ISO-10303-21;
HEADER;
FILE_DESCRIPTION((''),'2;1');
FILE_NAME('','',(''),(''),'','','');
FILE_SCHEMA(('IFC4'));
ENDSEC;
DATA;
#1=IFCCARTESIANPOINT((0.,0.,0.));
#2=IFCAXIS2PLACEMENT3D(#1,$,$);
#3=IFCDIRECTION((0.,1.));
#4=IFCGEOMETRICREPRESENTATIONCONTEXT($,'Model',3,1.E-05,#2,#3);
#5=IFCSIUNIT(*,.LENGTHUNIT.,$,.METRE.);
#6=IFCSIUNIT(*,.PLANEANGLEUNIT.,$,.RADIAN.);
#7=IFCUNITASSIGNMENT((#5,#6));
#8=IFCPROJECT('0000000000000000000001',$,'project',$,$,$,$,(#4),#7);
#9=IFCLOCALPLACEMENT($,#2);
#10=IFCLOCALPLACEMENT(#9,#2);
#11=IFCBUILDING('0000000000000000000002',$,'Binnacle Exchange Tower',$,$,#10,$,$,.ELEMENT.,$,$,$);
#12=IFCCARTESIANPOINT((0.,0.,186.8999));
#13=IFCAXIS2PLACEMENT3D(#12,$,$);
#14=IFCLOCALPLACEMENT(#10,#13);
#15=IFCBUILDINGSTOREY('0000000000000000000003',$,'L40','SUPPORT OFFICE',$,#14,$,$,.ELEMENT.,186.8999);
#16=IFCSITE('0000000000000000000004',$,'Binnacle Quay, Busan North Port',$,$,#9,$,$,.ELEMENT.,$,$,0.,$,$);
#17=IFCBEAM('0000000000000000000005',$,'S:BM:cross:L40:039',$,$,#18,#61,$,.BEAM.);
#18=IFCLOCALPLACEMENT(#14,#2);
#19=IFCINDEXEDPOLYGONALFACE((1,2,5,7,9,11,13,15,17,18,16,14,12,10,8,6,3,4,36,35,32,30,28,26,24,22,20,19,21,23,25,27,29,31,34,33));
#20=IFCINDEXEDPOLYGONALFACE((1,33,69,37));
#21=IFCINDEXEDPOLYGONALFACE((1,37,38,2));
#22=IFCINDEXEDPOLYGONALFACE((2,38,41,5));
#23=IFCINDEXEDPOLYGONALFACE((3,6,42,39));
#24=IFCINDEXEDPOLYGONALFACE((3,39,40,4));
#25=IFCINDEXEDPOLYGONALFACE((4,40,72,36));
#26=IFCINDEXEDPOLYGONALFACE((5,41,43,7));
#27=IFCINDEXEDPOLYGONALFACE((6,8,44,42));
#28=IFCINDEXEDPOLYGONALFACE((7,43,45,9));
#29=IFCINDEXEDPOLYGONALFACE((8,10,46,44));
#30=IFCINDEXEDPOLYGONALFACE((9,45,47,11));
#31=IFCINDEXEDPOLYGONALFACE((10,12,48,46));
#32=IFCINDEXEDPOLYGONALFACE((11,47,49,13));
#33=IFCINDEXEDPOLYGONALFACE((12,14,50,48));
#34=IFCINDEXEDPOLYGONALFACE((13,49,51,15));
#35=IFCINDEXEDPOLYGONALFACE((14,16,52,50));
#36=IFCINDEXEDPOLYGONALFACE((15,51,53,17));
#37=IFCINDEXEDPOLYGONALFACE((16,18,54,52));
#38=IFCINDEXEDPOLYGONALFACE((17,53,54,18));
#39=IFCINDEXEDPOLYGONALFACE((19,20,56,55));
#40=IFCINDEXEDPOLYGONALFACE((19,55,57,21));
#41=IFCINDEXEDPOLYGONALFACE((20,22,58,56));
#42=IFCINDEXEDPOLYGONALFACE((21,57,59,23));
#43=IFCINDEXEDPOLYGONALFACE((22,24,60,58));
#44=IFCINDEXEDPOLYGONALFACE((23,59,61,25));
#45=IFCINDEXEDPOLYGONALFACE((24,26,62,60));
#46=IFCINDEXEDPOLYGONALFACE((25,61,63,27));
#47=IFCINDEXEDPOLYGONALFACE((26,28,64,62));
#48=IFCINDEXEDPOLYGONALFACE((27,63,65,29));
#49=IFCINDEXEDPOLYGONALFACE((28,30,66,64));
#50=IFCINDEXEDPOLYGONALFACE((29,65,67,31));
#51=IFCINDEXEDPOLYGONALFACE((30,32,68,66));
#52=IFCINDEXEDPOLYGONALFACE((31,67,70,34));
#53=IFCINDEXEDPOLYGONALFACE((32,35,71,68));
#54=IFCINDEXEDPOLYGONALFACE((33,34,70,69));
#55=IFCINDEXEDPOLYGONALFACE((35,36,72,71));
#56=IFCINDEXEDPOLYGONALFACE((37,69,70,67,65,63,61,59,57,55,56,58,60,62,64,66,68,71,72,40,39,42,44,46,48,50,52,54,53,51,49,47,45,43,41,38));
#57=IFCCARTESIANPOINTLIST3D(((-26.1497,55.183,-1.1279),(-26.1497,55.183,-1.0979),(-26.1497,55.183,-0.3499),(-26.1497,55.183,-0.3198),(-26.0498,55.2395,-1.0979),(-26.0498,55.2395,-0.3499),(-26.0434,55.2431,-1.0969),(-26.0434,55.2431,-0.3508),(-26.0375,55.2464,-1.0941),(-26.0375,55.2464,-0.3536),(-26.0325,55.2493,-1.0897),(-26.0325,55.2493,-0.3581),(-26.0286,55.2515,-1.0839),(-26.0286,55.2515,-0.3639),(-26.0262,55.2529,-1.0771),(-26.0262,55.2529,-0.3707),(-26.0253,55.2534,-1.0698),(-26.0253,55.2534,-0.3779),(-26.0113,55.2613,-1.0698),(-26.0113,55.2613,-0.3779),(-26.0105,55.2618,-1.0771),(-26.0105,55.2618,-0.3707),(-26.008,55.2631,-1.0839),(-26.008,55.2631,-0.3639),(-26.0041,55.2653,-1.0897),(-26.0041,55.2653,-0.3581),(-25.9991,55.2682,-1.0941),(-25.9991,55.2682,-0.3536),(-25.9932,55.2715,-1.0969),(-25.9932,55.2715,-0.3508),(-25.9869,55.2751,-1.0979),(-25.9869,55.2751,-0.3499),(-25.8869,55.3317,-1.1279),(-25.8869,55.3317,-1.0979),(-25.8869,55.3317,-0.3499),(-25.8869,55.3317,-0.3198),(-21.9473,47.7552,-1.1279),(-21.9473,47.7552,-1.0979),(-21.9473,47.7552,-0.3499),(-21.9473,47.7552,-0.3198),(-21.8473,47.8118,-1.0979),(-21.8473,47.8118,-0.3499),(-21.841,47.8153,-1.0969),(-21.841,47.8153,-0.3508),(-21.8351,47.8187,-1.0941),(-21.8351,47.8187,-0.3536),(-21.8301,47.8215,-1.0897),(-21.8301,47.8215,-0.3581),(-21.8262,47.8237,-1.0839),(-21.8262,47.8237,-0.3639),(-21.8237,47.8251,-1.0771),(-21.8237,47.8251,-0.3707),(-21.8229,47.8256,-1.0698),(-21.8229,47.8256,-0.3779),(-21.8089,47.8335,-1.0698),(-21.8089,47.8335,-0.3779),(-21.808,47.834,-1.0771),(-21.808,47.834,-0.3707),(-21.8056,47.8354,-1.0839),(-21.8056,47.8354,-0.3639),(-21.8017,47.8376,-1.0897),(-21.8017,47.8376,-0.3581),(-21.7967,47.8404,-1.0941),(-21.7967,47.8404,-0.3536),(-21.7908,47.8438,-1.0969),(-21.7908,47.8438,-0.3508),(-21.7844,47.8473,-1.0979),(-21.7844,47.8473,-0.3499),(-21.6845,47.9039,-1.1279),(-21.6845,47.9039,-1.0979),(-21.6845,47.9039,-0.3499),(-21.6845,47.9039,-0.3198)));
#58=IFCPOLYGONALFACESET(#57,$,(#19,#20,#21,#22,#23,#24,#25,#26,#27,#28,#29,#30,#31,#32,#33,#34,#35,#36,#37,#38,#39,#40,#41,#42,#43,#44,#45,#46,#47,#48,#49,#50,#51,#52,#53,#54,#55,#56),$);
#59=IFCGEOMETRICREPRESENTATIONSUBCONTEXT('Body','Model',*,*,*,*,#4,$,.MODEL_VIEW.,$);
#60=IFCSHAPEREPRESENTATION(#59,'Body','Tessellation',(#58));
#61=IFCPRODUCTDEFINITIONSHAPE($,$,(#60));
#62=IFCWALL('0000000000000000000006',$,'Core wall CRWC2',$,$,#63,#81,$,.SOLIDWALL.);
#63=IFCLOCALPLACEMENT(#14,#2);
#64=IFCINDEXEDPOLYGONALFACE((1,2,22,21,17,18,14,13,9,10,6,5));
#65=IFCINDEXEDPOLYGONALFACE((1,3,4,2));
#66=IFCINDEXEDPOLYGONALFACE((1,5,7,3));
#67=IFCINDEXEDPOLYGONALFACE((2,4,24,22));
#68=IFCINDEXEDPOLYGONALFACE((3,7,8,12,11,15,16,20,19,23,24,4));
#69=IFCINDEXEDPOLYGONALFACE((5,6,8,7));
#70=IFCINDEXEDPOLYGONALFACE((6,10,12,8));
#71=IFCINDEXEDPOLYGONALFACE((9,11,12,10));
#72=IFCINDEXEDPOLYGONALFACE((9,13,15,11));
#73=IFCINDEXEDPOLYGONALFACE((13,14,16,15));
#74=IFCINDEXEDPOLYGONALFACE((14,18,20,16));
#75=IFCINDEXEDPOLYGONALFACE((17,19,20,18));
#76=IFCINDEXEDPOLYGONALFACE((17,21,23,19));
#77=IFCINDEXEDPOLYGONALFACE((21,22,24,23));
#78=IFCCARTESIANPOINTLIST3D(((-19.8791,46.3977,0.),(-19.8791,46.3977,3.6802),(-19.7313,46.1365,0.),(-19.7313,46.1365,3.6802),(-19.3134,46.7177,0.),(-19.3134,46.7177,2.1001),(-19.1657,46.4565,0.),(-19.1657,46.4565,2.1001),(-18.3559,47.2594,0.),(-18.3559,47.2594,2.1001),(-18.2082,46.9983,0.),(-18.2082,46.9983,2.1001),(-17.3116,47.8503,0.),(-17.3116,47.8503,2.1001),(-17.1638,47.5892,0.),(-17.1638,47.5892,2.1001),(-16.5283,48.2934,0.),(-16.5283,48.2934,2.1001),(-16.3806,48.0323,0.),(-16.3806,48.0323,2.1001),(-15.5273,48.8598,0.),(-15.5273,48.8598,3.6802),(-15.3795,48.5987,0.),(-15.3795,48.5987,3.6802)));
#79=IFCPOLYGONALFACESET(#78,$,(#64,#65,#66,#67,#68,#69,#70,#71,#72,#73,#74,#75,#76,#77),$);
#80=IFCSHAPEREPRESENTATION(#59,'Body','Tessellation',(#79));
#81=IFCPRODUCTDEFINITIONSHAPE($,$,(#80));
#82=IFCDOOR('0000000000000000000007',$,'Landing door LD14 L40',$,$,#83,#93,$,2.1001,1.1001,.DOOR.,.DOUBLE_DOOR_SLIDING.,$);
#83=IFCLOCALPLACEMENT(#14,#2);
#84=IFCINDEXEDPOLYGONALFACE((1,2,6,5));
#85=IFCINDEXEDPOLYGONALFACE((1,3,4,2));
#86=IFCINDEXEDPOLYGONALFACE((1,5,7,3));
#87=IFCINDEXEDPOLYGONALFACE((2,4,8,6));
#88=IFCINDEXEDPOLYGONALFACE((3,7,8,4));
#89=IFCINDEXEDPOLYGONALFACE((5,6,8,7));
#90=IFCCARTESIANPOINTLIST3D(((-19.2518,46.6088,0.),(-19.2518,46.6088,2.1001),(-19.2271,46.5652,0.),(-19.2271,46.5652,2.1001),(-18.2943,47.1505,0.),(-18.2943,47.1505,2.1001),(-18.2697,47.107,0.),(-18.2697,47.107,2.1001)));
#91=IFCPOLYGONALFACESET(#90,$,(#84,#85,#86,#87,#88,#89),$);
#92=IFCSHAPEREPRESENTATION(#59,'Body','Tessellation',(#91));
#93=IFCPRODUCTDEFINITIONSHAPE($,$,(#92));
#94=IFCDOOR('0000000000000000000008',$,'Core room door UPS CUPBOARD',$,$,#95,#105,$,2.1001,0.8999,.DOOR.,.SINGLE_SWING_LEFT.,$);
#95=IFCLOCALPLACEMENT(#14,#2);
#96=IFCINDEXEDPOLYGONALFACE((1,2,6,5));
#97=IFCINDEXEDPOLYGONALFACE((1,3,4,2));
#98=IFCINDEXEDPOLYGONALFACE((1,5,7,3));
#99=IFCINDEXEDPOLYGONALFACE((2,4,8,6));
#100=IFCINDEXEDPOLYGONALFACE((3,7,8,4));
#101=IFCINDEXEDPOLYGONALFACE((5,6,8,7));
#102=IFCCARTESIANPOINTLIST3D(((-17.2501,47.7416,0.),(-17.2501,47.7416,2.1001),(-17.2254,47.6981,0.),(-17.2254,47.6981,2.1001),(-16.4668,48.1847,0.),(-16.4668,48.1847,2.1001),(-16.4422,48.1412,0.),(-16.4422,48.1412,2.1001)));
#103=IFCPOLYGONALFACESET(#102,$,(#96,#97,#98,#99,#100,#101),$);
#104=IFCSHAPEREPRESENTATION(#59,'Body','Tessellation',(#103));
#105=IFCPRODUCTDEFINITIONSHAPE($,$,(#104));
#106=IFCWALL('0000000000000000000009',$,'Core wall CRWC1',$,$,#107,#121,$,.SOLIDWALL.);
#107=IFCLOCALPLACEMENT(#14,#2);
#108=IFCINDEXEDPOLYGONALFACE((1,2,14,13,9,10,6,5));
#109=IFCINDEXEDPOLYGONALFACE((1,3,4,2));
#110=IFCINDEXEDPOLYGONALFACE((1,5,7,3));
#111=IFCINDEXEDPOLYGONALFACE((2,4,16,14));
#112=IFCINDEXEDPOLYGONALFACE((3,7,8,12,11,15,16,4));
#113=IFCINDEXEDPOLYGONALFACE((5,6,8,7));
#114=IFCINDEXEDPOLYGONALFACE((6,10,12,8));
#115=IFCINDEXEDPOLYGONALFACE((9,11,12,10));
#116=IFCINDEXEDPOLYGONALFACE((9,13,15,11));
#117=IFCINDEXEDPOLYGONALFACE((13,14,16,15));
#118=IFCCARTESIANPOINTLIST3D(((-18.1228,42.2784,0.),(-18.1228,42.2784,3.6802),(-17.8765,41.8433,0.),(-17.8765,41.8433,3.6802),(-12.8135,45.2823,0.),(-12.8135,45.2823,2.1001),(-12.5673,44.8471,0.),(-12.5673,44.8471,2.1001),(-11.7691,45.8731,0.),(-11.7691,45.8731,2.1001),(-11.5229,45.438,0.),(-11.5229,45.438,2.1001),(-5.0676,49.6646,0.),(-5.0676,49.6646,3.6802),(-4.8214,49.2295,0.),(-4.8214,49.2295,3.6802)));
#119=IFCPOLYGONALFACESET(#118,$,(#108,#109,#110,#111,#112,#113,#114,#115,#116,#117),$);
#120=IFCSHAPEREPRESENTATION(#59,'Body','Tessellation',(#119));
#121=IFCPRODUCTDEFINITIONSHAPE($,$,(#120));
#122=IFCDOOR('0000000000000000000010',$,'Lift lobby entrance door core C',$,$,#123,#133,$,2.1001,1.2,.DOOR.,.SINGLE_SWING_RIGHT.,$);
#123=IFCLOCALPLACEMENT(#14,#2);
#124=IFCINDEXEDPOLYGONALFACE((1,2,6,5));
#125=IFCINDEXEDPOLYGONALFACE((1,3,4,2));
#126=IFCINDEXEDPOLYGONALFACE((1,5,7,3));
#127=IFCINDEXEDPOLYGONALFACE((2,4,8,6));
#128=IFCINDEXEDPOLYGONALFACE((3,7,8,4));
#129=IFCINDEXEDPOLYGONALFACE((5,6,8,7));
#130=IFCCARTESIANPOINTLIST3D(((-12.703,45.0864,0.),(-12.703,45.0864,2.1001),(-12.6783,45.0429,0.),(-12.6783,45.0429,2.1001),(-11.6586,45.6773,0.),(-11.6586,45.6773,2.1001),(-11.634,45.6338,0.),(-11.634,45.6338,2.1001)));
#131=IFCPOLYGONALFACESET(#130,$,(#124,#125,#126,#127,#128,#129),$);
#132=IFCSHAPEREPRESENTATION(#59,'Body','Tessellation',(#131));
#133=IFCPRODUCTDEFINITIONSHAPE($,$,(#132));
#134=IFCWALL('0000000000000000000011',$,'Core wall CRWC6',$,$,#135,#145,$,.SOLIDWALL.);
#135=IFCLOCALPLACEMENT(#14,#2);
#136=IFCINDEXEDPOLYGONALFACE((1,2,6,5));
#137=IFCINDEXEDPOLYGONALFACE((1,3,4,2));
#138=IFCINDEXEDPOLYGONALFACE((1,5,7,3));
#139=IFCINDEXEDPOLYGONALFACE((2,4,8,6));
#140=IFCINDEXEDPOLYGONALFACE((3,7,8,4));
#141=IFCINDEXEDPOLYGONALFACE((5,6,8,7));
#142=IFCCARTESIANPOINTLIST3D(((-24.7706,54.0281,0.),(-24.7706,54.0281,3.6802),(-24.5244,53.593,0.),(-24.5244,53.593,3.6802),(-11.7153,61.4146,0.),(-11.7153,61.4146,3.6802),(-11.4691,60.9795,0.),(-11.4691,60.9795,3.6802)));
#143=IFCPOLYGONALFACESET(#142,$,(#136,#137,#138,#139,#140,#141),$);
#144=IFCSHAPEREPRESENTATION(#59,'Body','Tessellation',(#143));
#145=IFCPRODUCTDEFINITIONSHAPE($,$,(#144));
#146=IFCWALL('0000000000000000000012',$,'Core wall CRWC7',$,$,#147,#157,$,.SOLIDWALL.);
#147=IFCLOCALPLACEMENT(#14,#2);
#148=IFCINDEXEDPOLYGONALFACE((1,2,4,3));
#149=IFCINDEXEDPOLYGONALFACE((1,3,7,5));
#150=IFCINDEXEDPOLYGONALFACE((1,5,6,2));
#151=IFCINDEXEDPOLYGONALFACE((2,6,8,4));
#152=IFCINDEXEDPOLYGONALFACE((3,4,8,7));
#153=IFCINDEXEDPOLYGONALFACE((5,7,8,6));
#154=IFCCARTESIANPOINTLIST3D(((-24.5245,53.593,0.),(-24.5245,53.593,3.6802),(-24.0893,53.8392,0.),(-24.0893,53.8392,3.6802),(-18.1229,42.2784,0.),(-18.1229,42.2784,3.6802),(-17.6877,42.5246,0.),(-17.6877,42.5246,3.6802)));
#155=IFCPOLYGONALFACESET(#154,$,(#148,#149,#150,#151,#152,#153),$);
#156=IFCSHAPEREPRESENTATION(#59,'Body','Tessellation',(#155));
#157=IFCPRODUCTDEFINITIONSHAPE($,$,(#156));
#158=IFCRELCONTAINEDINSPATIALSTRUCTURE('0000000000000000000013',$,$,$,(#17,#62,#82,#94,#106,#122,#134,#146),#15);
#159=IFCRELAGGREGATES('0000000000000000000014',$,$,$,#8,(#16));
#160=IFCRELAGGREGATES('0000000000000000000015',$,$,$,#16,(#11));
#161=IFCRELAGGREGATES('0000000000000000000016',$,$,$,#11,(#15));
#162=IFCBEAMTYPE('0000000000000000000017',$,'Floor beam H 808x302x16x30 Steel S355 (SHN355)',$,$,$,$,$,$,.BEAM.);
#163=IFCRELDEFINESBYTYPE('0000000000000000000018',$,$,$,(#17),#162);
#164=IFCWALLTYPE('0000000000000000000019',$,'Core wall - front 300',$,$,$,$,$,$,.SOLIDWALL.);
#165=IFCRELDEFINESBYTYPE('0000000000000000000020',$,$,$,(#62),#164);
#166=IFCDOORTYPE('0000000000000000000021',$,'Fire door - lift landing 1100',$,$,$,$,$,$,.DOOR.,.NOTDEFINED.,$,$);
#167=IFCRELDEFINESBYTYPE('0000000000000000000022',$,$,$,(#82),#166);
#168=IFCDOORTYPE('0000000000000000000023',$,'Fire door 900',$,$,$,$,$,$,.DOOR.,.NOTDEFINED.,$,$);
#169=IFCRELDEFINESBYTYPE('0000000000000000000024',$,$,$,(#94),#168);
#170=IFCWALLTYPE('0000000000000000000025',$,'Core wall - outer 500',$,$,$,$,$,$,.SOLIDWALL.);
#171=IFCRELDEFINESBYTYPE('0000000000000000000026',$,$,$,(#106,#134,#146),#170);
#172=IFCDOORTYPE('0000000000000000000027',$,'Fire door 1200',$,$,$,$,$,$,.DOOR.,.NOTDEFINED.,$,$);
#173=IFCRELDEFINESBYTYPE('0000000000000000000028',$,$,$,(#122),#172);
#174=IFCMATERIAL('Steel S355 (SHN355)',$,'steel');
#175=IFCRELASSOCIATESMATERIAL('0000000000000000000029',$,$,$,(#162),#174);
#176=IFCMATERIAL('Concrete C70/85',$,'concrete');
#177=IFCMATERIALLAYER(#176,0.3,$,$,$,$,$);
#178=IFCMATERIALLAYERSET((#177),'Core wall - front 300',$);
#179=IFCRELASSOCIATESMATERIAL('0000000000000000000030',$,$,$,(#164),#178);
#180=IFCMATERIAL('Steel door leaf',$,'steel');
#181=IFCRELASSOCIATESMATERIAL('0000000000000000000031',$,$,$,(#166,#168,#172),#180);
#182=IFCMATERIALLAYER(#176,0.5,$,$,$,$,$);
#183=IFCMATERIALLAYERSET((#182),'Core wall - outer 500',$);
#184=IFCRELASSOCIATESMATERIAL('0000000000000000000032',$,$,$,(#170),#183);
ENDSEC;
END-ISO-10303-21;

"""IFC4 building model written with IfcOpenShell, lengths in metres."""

from ifc_helpers import new_model, si_unit, direction, frame, frame_2d, origin, origin_2d, place, context, subcontext, project, spatial, rectangle, i_section, extrude, material, layer, layer_set, material_profile, profile_set, type_object, element, fill, save


model = new_model("IFC4")

# Units and contexts
model_context = context("Model", 3, precision=1e-05, world=origin(), true_north=direction((0.0, 1.0)))
body_context = subcontext(model_context, "Body", "Model", "MODEL_VIEW")
ifc_project = project(units=[si_unit("LENGTHUNIT", "METRE"), si_unit("PLANEANGLEUNIT", "RADIAN")], contexts=[model_context])

# Site, building, storey
site_placement = place(None, origin())
site = spatial("IfcSite", under=ifc_project, at=site_placement, Name="Binnacle Quay, Busan North Port", CompositionType="ELEMENT", RefElevation=0.0)
building_placement = place(site_placement, origin())
building = spatial("IfcBuilding", under=site, at=building_placement, Name="Binnacle Exchange Tower", CompositionType="ELEMENT")
storey_placement = place(building_placement, frame((0.0, 0.0, 186.8999)))
storey = spatial("IfcBuildingStorey", under=building, at=storey_placement, Name="L40", Description="SUPPORT OFFICE", CompositionType="ELEMENT", Elevation=186.8999)

# Shared definitions
ifc_material_1 = material(Name="Concrete C70/85", Category="concrete")

# Beam
ifc_material_2 = material(Name="Steel S355 (SHN355)", Category="steel")
ifc_material_profile_1 = material_profile(ifc_material_2, i_section(OverallWidth=0.302, OverallDepth=0.8081, WebThickness=0.0161, FlangeThickness=0.03, FilletRadius=0.0281, at=origin_2d()), Name="H 808x302x16x30")
ifc_profile_set_1 = profile_set([ifc_material_profile_1], Name="Steel S355 (SHN355)")
beam_type_1 = type_object("IfcBeamType", Name="Floor beam H 808x302x16x30 Steel S355 (SHN355)", PredefinedType="BEAM", material=ifc_profile_set_1)
beam_1_placement = place(storey_placement, frame((-26.0183, 55.2573, -0.7239), z_axis=(0.492422, -0.870357, 0.0), x_axis=(0.870357, 0.492422, 0.0)))
element("IfcBeam", 1, at=beam_1_placement, inside=storey, type_object=beam_type_1, Name="S:BM:cross:L40:039", PredefinedType="BEAM", context=body_context, shape_type="SweptSolid", body=[
    extrude(i_section(OverallWidth=0.302, OverallDepth=0.8081, WebThickness=0.0161, FlangeThickness=0.03, FilletRadius=0.0281, at=origin_2d()), origin(), (0.0, 0.0, 1.0), 8.5342),
])

# Wall, openings, doors
ifc_layer_1 = layer(ifc_material_1, 0.3)
ifc_layer_set_1 = layer_set([ifc_layer_1], Name="Core wall - front 300")
wall_type_1 = type_object("IfcWallType", Name="Core wall - front 300", PredefinedType="SOLIDWALL", material=ifc_layer_set_1)
wall_1_placement = place(storey_placement, frame((-19.8052, 46.2671, 0.0), z_axis=(0.0, 0.0, 1.0), x_axis=(0.870354, 0.492427, 0.0)))
wall_1 = element("IfcWall", 2, at=wall_1_placement, inside=storey, type_object=wall_type_1, Name="Core wall CRWC2", PredefinedType="SOLIDWALL", context=body_context, shape_type="SweptSolid", body=[
    extrude(rectangle(XDim=5.0, YDim=0.3, at=frame_2d((2.5, 0.0))), origin(), (0.0, 0.0, 1.0), 3.6802),
])
opening_1_placement = place(wall_1_placement, frame((0.6499, 0.0, 0.0)))
opening_1 = element("IfcOpeningElement", 3, at=opening_1_placement, cuts=wall_1, PredefinedType="OPENING", context=body_context, shape_type="SweptSolid", body=[
    extrude(rectangle(XDim=1.1001, YDim=2.1001, at=frame_2d((0.55, 1.05))), frame((0.0, 0.1599, 0.0), z_axis=(0.0, -1.0, 0.0), x_axis=(1.0, 0.0, 0.0)), (0.0, 0.0, 1.0), 0.3201),
])
opening_2_placement = place(wall_1_placement, frame((2.95, 0.0, 0.0)))
opening_2 = element("IfcOpeningElement", 4, at=opening_2_placement, cuts=wall_1, PredefinedType="OPENING", context=body_context, shape_type="SweptSolid", body=[
    extrude(rectangle(XDim=0.8999, YDim=2.1001, at=frame_2d((0.45, 1.05))), frame((0.0, 0.1599, 0.0), z_axis=(0.0, -1.0, 0.0), x_axis=(1.0, 0.0, 0.0)), (0.0, 0.0, 1.0), 0.3201),
])
ifc_material_3 = material(Name="Steel door leaf", Category="steel")
door_type_1 = type_object("IfcDoorType", Name="Fire door - lift landing 1100", OperationType="NOTDEFINED", PredefinedType="DOOR", material=ifc_material_3)
door_1_placement = place(opening_1_placement, origin())
door_1 = element("IfcDoor", 5, at=door_1_placement, inside=storey, type_object=door_type_1, Name="Landing door LD14 L40", OperationType="DOUBLE_DOOR_SLIDING", OverallHeight=2.1001, OverallWidth=1.1001, PredefinedType="DOOR", context=body_context, shape_type="SweptSolid", body=[
    extrude(rectangle(XDim=1.1001, YDim=2.1001, at=frame_2d((0.55, 1.05))), frame((0.0, 0.0249, 0.0), z_axis=(0.0, -1.0, 0.0), x_axis=(1.0, 0.0, 0.0)), (0.0, 0.0, 1.0), 0.05),
])
fill(opening_1, door_1)
door_type_2 = type_object("IfcDoorType", Name="Fire door 900", OperationType="NOTDEFINED", PredefinedType="DOOR", material=ifc_material_3)
door_2_placement = place(opening_2_placement, frame((0.8999, 0.0, 0.0), z_axis=(0.0, 0.0, 1.0), x_axis=(-1.0, 0.0, 0.0)))
door_2 = element("IfcDoor", 6, at=door_2_placement, inside=storey, type_object=door_type_2, Name="Core room door UPS CUPBOARD", OperationType="SINGLE_SWING_LEFT", OverallHeight=2.1001, OverallWidth=0.8999, PredefinedType="DOOR", context=body_context, shape_type="SweptSolid", body=[
    extrude(rectangle(XDim=0.8999, YDim=2.1001, at=frame_2d((0.45, 1.05))), frame((0.0, 0.0249, 0.0), z_axis=(0.0, -1.0, 0.0), x_axis=(1.0, 0.0, 0.0)), (0.0, 0.0, 1.0), 0.05),
])
fill(opening_2, door_2)

# Wall, opening, door
ifc_layer_2 = layer(ifc_material_1, 0.5)
ifc_layer_set_2 = layer_set([ifc_layer_2], Name="Core wall - outer 500")
wall_type_2 = type_object("IfcWallType", Name="Core wall - outer 500", PredefinedType="SOLIDWALL", material=ifc_layer_set_2)
wall_2_placement = place(storey_placement, frame((-17.9998, 42.0608, 0.0), z_axis=(0.0, 0.0, 1.0), x_axis=(0.870357, 0.492422, 0.0)))
wall_2 = element("IfcWall", 7, at=wall_2_placement, inside=storey, type_object=wall_type_2, Name="Core wall CRWC1", PredefinedType="SOLIDWALL", context=body_context, shape_type="SweptSolid", body=[
    extrude(rectangle(XDim=14.9998, YDim=0.5, at=frame_2d((7.5, 0.0))), origin(), (0.0, 0.0, 1.0), 3.6802),
])
opening_3_placement = place(wall_2_placement, frame((6.1001, 0.0, 0.0)))
opening_3 = element("IfcOpeningElement", 8, at=opening_3_placement, cuts=wall_2, PredefinedType="OPENING", context=body_context, shape_type="SweptSolid", body=[
    extrude(rectangle(XDim=1.2, YDim=2.1001, at=frame_2d((0.6001, 1.05))), frame((0.0, 0.26, 0.0), z_axis=(0.0, -1.0, 0.0), x_axis=(1.0, 0.0, 0.0)), (0.0, 0.0, 1.0), 0.52),
])
door_type_3 = type_object("IfcDoorType", Name="Fire door 1200", OperationType="NOTDEFINED", PredefinedType="DOOR", material=ifc_material_3)
door_3_placement = place(opening_3_placement, frame((1.2, 0.0, 0.0), z_axis=(0.0, 0.0, 1.0), x_axis=(-1.0, 0.0, 0.0)))
door_3 = element("IfcDoor", 9, at=door_3_placement, inside=storey, type_object=door_type_3, Name="Lift lobby entrance door core C", OperationType="SINGLE_SWING_RIGHT", OverallHeight=2.1001, OverallWidth=1.2, PredefinedType="DOOR", context=body_context, shape_type="SweptSolid", body=[
    extrude(rectangle(XDim=1.2, YDim=2.1001, at=frame_2d((0.6001, 1.05))), frame((0.0, 0.0249, 0.0), z_axis=(0.0, -1.0, 0.0), x_axis=(1.0, 0.0, 0.0)), (0.0, 0.0, 1.0), 0.05),
])
fill(opening_3, door_3)

# Walls
wall_3_placement = place(storey_placement, frame((-24.6475, 53.8105, 0.0), z_axis=(0.0, 0.0, 1.0), x_axis=(0.87035, 0.492434, 0.0)))
element("IfcWall", 10, at=wall_3_placement, inside=storey, type_object=wall_type_2, Name="Core wall CRWC6", PredefinedType="SOLIDWALL", context=body_context, shape_type="SweptSolid", body=[
    extrude(rectangle(XDim=15.0, YDim=0.5, at=frame_2d((7.5, 0.0))), origin(), (0.0, 0.0, 1.0), 3.6802),
])
wall_4_placement = place(storey_placement, frame((-24.3069, 53.7161, 0.0), z_axis=(0.0, 0.0, 1.0), x_axis=(0.492427, -0.870354, 0.0)))
element("IfcWall", 11, at=wall_4_placement, inside=storey, type_object=wall_type_2, Name="Core wall CRWC7", PredefinedType="SOLIDWALL", context=body_context, shape_type="SweptSolid", body=[
    extrude(rectangle(XDim=13.0, YDim=0.5, at=frame_2d((6.5, 0.0))), origin(), (0.0, 0.0, 1.0), 3.6802),
])

save(model, "model.ifc")
